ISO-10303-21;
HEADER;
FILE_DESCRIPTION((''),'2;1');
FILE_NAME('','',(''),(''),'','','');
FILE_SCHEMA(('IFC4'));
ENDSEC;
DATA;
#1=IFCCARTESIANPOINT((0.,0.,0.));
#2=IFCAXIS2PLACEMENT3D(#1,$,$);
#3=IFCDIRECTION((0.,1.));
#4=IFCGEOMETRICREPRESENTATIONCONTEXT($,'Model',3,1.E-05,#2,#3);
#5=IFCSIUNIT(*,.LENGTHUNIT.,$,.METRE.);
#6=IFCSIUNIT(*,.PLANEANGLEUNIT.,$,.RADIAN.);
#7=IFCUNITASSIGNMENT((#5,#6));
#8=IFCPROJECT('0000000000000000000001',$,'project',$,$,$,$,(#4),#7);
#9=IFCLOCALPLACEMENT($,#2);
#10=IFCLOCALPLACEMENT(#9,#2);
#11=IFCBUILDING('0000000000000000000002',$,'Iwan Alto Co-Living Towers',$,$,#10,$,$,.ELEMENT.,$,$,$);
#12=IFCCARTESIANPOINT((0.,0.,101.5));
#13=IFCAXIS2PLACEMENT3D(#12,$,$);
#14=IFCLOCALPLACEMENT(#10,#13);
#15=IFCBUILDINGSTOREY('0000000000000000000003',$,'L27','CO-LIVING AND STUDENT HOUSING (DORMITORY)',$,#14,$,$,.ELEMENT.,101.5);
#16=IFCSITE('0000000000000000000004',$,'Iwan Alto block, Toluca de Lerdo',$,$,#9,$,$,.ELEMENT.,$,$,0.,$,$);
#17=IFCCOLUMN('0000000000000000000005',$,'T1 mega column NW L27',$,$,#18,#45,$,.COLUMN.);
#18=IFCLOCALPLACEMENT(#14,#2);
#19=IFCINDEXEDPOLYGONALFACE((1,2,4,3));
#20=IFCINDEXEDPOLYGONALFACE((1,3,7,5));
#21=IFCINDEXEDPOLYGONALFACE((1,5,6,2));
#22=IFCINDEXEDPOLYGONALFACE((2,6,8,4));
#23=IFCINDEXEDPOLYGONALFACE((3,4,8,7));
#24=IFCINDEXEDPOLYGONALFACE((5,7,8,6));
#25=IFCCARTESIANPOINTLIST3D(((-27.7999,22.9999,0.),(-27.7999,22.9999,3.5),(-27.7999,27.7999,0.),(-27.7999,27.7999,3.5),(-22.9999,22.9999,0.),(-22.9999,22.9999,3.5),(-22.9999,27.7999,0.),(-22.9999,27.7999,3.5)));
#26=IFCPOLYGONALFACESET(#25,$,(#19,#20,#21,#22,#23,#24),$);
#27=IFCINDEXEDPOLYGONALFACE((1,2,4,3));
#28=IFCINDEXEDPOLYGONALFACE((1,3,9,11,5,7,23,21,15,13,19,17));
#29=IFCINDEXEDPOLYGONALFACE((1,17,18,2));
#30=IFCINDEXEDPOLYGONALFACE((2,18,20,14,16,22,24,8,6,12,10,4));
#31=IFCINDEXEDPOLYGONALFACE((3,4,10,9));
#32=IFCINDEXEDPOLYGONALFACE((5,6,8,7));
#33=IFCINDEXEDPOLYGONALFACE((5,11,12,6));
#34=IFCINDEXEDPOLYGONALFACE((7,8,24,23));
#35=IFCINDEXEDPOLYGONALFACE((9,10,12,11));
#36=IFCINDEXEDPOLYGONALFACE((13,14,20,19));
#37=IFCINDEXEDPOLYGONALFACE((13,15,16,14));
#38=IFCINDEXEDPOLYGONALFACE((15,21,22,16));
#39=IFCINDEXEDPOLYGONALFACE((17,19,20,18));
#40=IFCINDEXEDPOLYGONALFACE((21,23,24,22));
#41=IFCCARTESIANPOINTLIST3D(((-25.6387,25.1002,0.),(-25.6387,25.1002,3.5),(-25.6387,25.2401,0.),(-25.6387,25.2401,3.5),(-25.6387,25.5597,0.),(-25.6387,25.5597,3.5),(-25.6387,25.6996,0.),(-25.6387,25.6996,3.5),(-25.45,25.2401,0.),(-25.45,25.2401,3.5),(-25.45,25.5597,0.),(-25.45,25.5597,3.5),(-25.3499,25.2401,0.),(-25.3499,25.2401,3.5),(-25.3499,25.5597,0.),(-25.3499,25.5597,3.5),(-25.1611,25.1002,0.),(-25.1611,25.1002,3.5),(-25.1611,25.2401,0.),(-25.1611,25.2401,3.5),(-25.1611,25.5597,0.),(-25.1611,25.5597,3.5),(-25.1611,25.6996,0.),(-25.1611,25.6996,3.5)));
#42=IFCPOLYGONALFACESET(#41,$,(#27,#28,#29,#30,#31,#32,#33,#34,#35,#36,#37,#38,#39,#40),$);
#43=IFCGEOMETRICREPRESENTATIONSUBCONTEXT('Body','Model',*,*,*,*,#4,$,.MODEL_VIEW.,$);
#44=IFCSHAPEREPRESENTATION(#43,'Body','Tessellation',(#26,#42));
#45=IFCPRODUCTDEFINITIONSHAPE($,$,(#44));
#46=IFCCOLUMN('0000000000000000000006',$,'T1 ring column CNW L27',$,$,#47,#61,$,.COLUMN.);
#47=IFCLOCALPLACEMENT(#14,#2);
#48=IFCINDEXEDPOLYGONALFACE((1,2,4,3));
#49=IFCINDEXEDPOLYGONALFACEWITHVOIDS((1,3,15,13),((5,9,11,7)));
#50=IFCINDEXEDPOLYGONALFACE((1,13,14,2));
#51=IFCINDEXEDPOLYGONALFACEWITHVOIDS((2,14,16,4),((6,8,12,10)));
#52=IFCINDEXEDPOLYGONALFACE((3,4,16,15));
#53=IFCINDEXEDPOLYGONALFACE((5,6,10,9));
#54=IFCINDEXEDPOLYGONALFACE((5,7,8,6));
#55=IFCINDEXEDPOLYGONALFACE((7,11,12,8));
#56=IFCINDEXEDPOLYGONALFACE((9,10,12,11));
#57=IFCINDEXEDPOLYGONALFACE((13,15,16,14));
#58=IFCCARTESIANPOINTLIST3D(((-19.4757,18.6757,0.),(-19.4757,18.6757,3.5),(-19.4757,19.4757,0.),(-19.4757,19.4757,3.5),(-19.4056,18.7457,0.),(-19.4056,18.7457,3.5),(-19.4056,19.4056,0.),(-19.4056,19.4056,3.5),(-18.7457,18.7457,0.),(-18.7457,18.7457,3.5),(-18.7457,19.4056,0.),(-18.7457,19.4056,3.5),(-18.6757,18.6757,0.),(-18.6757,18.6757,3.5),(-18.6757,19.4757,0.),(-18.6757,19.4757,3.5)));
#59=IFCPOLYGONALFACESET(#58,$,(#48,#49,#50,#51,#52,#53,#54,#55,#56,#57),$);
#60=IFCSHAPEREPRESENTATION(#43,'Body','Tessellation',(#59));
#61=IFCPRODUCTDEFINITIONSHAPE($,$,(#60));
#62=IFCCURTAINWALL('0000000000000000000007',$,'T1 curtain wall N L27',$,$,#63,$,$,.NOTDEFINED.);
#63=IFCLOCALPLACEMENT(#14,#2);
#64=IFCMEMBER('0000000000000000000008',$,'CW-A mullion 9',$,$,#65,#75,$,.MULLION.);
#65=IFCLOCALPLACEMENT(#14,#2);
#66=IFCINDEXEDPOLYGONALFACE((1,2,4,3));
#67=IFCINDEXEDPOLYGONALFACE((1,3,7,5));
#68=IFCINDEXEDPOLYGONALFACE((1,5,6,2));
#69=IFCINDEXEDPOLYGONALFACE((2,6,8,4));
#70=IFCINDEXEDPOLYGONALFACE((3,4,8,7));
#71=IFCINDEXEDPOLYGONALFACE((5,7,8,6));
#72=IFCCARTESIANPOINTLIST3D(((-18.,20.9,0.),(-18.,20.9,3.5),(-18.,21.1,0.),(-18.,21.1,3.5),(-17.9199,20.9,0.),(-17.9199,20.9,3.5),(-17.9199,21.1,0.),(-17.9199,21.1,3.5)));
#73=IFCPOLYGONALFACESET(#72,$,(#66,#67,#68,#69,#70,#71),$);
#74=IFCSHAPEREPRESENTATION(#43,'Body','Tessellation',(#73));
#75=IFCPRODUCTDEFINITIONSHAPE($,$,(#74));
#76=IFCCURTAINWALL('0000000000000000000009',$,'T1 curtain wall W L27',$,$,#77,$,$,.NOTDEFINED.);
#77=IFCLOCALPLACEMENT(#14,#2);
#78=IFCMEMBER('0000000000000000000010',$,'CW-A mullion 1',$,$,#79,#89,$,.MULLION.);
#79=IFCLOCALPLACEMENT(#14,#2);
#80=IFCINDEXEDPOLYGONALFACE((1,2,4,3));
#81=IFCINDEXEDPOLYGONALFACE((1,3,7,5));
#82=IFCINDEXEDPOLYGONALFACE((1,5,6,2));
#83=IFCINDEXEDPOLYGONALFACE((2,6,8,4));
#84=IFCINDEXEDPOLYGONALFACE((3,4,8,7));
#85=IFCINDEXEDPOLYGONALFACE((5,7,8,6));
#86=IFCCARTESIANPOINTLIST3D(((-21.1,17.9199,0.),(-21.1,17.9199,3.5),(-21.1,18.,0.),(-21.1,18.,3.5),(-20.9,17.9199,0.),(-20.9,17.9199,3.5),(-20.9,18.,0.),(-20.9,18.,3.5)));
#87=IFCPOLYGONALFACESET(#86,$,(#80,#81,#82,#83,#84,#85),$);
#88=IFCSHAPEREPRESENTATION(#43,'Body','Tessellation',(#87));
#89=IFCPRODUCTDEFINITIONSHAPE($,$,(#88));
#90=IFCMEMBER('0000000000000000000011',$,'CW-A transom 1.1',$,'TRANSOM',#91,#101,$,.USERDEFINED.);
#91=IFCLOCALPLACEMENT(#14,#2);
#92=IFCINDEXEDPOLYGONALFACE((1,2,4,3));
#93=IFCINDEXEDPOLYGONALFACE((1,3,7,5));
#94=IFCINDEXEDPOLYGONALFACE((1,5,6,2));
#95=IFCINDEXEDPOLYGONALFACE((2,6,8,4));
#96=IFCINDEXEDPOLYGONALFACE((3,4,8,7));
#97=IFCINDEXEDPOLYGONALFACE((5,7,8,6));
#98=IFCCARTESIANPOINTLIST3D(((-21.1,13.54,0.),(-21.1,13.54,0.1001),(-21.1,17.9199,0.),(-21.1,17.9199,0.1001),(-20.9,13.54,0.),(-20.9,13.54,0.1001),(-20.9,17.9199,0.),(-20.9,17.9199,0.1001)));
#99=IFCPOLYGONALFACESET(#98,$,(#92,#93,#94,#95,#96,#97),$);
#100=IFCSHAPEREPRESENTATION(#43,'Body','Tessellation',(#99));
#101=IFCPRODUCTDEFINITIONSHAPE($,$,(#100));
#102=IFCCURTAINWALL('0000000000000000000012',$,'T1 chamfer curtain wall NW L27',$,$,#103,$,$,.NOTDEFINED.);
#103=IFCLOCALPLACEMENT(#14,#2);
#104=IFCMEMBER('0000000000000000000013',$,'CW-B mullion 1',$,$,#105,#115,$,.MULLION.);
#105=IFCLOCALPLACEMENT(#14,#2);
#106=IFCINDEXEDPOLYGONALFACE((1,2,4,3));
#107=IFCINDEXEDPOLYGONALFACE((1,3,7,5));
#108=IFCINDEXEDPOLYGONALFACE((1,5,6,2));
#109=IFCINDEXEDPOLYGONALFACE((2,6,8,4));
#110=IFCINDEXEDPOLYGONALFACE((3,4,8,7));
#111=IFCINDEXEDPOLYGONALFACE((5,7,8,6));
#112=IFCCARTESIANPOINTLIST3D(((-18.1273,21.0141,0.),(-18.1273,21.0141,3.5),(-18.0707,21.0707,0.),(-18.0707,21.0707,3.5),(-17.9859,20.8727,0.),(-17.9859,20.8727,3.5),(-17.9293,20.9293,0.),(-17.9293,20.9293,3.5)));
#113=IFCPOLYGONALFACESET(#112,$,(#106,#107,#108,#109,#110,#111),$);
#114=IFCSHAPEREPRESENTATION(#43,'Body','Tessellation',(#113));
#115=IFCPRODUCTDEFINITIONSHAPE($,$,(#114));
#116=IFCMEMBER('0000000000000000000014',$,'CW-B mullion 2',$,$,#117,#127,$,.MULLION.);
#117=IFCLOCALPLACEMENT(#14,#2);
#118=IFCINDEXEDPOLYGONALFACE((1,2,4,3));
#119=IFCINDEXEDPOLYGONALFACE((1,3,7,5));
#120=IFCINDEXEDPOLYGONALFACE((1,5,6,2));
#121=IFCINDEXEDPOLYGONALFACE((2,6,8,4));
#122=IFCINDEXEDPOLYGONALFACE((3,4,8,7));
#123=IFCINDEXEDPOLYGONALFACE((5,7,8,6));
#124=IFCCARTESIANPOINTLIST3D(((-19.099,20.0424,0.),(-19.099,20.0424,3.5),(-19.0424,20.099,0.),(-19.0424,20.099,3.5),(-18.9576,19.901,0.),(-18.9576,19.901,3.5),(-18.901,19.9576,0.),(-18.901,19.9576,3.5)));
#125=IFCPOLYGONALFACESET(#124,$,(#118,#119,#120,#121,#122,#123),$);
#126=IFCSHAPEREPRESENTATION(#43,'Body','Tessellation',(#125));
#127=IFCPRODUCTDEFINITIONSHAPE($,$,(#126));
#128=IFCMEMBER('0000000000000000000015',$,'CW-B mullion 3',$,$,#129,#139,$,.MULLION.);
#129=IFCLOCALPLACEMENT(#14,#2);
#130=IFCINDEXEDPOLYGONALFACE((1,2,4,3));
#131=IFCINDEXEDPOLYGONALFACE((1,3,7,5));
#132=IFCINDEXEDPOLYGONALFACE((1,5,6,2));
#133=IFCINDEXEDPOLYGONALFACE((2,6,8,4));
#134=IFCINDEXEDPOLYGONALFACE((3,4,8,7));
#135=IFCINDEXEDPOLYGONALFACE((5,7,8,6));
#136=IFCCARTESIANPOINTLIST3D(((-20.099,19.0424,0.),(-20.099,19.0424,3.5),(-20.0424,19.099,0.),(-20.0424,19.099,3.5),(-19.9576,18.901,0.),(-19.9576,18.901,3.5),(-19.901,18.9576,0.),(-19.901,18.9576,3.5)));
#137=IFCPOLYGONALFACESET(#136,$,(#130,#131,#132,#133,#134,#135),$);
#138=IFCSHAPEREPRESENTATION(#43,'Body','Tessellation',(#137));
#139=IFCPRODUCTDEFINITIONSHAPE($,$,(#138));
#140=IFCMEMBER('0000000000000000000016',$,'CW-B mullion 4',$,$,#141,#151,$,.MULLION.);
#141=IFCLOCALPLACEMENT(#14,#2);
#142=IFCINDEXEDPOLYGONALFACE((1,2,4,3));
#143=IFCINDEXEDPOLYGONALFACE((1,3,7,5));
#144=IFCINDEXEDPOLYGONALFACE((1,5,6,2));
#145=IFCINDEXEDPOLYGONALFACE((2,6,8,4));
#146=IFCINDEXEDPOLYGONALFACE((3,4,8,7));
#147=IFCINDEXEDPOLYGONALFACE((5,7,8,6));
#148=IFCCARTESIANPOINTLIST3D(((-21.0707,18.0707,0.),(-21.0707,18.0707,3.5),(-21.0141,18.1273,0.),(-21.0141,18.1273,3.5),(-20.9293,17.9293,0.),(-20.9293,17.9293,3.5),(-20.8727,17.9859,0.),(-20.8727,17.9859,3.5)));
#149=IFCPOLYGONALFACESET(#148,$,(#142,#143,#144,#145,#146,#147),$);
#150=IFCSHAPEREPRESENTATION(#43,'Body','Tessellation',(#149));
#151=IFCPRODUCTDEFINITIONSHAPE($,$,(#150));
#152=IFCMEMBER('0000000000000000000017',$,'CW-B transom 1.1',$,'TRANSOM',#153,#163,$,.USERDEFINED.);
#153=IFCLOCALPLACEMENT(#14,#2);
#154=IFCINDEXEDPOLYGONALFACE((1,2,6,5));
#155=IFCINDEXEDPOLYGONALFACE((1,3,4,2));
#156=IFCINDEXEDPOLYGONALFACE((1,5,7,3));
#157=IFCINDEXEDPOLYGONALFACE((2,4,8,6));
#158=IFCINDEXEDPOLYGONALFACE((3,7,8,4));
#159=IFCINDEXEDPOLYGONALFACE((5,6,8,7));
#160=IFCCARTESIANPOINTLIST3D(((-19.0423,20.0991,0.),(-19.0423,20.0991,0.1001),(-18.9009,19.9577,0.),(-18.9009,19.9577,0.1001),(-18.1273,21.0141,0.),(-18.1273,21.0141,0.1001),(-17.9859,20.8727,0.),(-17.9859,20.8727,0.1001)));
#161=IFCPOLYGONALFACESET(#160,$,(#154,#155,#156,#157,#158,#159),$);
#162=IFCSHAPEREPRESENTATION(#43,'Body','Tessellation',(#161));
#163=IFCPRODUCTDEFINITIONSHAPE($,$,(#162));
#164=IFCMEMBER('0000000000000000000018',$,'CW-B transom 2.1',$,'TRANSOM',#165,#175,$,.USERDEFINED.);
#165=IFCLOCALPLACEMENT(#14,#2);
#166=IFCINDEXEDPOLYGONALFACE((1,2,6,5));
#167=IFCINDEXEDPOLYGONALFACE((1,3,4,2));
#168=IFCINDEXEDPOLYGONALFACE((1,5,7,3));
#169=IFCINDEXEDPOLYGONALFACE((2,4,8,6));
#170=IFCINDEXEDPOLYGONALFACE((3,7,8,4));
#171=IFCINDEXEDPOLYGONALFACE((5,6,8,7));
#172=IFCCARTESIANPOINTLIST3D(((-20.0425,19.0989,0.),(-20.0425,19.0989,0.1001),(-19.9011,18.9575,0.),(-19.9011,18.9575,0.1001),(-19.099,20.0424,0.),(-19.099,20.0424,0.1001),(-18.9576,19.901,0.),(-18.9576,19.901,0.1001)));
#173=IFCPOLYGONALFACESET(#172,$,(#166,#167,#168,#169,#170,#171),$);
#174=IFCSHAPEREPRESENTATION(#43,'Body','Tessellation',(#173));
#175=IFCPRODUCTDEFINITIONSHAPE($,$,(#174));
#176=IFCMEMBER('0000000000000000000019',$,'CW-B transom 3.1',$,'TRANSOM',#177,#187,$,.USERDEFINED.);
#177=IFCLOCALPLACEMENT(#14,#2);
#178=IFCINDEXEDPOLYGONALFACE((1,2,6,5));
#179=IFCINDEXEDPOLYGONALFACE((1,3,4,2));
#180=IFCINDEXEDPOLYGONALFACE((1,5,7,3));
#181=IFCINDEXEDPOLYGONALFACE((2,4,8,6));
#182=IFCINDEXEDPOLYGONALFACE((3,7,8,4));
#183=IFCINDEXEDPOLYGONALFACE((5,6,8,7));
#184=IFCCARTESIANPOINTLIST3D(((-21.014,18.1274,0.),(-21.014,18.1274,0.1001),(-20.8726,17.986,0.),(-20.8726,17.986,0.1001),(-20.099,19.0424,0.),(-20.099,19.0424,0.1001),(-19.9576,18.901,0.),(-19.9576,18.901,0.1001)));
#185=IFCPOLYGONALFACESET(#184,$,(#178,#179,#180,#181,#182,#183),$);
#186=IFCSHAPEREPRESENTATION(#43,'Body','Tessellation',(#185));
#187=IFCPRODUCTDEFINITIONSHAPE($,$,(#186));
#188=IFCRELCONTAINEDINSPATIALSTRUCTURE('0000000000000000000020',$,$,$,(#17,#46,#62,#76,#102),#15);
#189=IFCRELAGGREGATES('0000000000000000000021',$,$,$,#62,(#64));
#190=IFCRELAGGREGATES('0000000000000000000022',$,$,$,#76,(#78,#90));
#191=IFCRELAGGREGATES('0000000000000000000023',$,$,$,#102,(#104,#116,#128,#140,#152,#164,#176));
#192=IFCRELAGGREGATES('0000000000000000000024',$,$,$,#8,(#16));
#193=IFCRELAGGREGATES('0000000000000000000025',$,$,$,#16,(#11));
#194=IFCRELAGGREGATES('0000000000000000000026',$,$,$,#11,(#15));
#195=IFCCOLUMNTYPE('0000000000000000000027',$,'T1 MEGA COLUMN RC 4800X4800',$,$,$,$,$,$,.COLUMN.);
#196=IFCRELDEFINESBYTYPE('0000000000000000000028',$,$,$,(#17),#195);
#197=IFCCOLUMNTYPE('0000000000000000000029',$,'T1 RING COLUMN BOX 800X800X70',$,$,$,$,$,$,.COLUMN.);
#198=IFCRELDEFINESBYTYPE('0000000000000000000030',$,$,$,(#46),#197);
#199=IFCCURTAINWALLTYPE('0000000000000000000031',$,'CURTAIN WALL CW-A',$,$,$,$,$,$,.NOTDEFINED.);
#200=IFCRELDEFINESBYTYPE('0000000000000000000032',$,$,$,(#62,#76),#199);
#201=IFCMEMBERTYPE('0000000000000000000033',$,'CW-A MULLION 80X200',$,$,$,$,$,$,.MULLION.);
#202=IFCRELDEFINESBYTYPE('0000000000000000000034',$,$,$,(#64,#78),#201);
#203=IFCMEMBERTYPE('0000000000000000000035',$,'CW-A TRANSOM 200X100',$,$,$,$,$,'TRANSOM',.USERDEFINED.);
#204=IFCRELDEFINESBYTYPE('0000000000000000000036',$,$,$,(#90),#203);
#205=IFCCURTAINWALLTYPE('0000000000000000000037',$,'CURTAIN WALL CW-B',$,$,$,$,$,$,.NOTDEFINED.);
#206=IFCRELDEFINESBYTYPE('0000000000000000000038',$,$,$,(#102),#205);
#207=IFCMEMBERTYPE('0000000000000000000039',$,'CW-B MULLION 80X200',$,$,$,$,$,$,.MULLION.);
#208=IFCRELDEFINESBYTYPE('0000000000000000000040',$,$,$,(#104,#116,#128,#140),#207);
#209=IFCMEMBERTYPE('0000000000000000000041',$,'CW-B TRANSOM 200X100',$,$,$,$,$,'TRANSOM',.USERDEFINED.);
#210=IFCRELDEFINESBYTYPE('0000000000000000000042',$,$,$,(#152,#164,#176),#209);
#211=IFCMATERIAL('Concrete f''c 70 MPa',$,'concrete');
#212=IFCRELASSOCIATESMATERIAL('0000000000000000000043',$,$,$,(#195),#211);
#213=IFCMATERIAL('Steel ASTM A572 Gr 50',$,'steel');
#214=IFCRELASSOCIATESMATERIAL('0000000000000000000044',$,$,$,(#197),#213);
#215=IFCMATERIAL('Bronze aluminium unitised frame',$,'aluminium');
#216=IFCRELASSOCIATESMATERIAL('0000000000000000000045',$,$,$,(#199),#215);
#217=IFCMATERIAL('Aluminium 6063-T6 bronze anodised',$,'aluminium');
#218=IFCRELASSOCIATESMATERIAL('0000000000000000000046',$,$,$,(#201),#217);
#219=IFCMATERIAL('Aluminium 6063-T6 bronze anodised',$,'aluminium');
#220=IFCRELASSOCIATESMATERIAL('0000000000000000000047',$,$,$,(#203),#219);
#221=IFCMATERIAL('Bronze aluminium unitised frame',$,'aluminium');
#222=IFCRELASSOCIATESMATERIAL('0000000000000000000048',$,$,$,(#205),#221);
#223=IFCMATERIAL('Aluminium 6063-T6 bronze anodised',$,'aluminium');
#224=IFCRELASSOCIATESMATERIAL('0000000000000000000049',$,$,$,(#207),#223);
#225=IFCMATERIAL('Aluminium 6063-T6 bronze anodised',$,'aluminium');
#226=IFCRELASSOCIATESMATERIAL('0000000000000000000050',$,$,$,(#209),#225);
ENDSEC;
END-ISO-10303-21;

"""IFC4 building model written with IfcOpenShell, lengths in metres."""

from ifc_helpers import new_model, si_unit, direction, frame, origin, origin_2d, place, context, subcontext, project, spatial, rectangle, hollow_rectangle, i_section, extrude, material, material_profile, profile_set, type_object, element, aggregate, save


model = new_model("IFC4")

# Units and contexts
model_context = context("Model", 3, precision=1e-05, world=origin(), true_north=direction((0.0, 1.0)))
body_context = subcontext(model_context, "Body", "Model", "MODEL_VIEW")
ifc_project = project(units=[si_unit("LENGTHUNIT", "METRE"), si_unit("PLANEANGLEUNIT", "RADIAN")], contexts=[model_context])

# Site, building, storey
site_placement = place(None, origin())
site = spatial("IfcSite", under=ifc_project, at=site_placement, Name="Iwan Alto block, Toluca de Lerdo", CompositionType="ELEMENT", RefElevation=0.0)
building_placement = place(site_placement, origin())
building = spatial("IfcBuilding", under=site, at=building_placement, Name="Iwan Alto Co-Living Towers", CompositionType="ELEMENT")
storey_placement = place(building_placement, frame((0.0, 0.0, 101.5)))
storey = spatial("IfcBuildingStorey", under=building, at=storey_placement, Name="L27", Description="CO-LIVING AND STUDENT HOUSING (DORMITORY)", CompositionType="ELEMENT", Elevation=101.5)

# Columns
ifc_material_1 = material(Name="Concrete f'c 70 MPa", Category="concrete")
ifc_material_profile_1 = material_profile(ifc_material_1, rectangle(XDim=4.8, YDim=4.8, at=origin_2d()), Name="RC 4800X4800")
ifc_profile_set_1 = profile_set([ifc_material_profile_1], Name="Concrete f'c 70 MPa")
column_type_1 = type_object("IfcColumnType", Name="T1 MEGA COLUMN RC 4800X4800", PredefinedType="COLUMN", material=ifc_profile_set_1)
column_1_placement = place(storey_placement, frame((-25.3999, 25.3999, 0.0), z_axis=(0.0, 0.0, 1.0), x_axis=(1.0, 0.0, 0.0)))
element("IfcColumn", 1, at=column_1_placement, inside=storey, type_object=column_type_1, Name="T1 mega column NW L27", PredefinedType="COLUMN", context=body_context, shape_type="SweptSolid", body=[
    extrude(rectangle(XDim=4.8, YDim=4.8, at=origin_2d()), origin(), (0.0, 0.0, 1.0), 3.5),
    extrude(i_section(OverallWidth=0.4775, OverallDepth=0.5994, WebThickness=0.1001, FlangeThickness=0.1399, at=origin_2d()), origin(), (0.0, 0.0, 1.0), 3.5),
])
ifc_material_2 = material(Name="Steel ASTM A572 Gr 50", Category="steel")
ifc_material_profile_2 = material_profile(ifc_material_2, hollow_rectangle(XDim=0.8, YDim=0.8, WallThickness=0.0701, at=origin_2d()), Name="BOX 800X800X70")
ifc_profile_set_2 = profile_set([ifc_material_profile_2], Name="Steel ASTM A572 Gr 50")
column_type_2 = type_object("IfcColumnType", Name="T1 RING COLUMN BOX 800X800X70", PredefinedType="COLUMN", material=ifc_profile_set_2)
column_2_placement = place(storey_placement, frame((-19.0757, 19.0757, 0.0), z_axis=(0.0, 0.0, 1.0), x_axis=(1.0, 0.0, 0.0)))
element("IfcColumn", 2, at=column_2_placement, inside=storey, type_object=column_type_2, Name="T1 ring column CNW L27", PredefinedType="COLUMN", context=body_context, shape_type="SweptSolid", body=[
    extrude(hollow_rectangle(XDim=0.8, YDim=0.8, WallThickness=0.0701, at=origin_2d()), origin(), (0.0, 0.0, 1.0), 3.5),
])

# Curtain wall, member
ifc_material_3 = material(Name="Bronze aluminium unitised frame", Category="aluminium")
curtain_wall_type_1 = type_object("IfcCurtainWallType", Name="CURTAIN WALL CW-A", PredefinedType="NOTDEFINED", material=ifc_material_3)
curtain_wall_1_placement = place(storey_placement, origin())
curtain_wall_1 = element("IfcCurtainWall", 3, at=curtain_wall_1_placement, inside=storey, type_object=curtain_wall_type_1, Name="T1 curtain wall N L27", PredefinedType="NOTDEFINED")
ifc_material_4 = material(Name="Aluminium 6063-T6 bronze anodised", Category="aluminium")
ifc_material_profile_3 = material_profile(ifc_material_4, rectangle(XDim=0.2, YDim=0.0801, at=origin_2d()), Name="AL 80X200")
ifc_profile_set_3 = profile_set([ifc_material_profile_3], Name="Aluminium 6063-T6 bronze anodised")
member_type_1 = type_object("IfcMemberType", Name="CW-A MULLION 80X200", PredefinedType="MULLION", material=ifc_profile_set_3)
member_1_placement = place(storey_placement, frame((-17.96, 21.0, 0.0), z_axis=(0.0, 0.0, 1.0), x_axis=(0.0, -1.0, 0.0)))
member_1 = element("IfcMember", 4, at=member_1_placement, type_object=member_type_1, Name="CW-A mullion 9", PredefinedType="MULLION", context=body_context, shape_type="SweptSolid", body=[
    extrude(rectangle(XDim=0.2, YDim=0.0801, at=origin_2d()), origin(), (0.0, 0.0, 1.0), 3.5),
])
aggregate(curtain_wall_1, [member_1])

# Curtain walls, members
curtain_wall_2_placement = place(storey_placement, origin())
curtain_wall_2 = element("IfcCurtainWall", 5, at=curtain_wall_2_placement, inside=storey, type_object=curtain_wall_type_1, Name="T1 curtain wall W L27", PredefinedType="NOTDEFINED")
member_2_placement = place(storey_placement, frame((-21.0, 17.96, 0.0), z_axis=(0.0, 0.0, 1.0), x_axis=(1.0, 0.0, 0.0)))
member_2 = element("IfcMember", 6, at=member_2_placement, type_object=member_type_1, Name="CW-A mullion 1", PredefinedType="MULLION", context=body_context, shape_type="SweptSolid", body=[
    extrude(rectangle(XDim=0.2, YDim=0.0801, at=origin_2d()), origin(), (0.0, 0.0, 1.0), 3.5),
])
ifc_material_5 = material(Name="Aluminium 6063-T6 bronze anodised", Category="aluminium")
ifc_material_profile_4 = material_profile(ifc_material_5, rectangle(XDim=0.2, YDim=0.1001, at=origin_2d()), Name="AL 200X100")
ifc_profile_set_4 = profile_set([ifc_material_profile_4], Name="Aluminium 6063-T6 bronze anodised")
member_type_2 = type_object("IfcMemberType", Name="CW-A TRANSOM 200X100", ElementType="TRANSOM", PredefinedType="USERDEFINED", material=ifc_profile_set_4)
member_3_placement = place(storey_placement, frame((-21.0, 17.9199, 0.05), z_axis=(0.0, -1.0, 0.0), x_axis=(1.0, 0.0, 0.0)))
member_3 = element("IfcMember", 7, at=member_3_placement, type_object=member_type_2, Name="CW-A transom 1.1", ObjectType="TRANSOM", PredefinedType="USERDEFINED", context=body_context, shape_type="SweptSolid", body=[
    extrude(rectangle(XDim=0.2, YDim=0.1001, at=origin_2d()), origin(), (0.0, 0.0, 1.0), 4.3799),
])
ifc_material_6 = material(Name="Bronze aluminium unitised frame", Category="aluminium")
curtain_wall_type_2 = type_object("IfcCurtainWallType", Name="CURTAIN WALL CW-B", PredefinedType="NOTDEFINED", material=ifc_material_6)
curtain_wall_3_placement = place(storey_placement, origin())
curtain_wall_3 = element("IfcCurtainWall", 8, at=curtain_wall_3_placement, inside=storey, type_object=curtain_wall_type_2, Name="T1 chamfer curtain wall NW L27", PredefinedType="NOTDEFINED")
ifc_material_7 = material(Name="Aluminium 6063-T6 bronze anodised", Category="aluminium")
ifc_material_profile_5 = material_profile(ifc_material_7, rectangle(XDim=0.2, YDim=0.0801, at=origin_2d()), Name="AL 80X200")
ifc_profile_set_5 = profile_set([ifc_material_profile_5], Name="Aluminium 6063-T6 bronze anodised")
member_type_3 = type_object("IfcMemberType", Name="CW-B MULLION 80X200", PredefinedType="MULLION", material=ifc_profile_set_5)
member_4_placement = place(storey_placement, frame((-18.0283, 20.9717, 0.0), z_axis=(0.0, 0.0, 1.0), x_axis=(0.707107, -0.707107, 0.0)))
member_4 = element("IfcMember", 9, at=member_4_placement, type_object=member_type_3, Name="CW-B mullion 1", PredefinedType="MULLION", context=body_context, shape_type="SweptSolid", body=[
    extrude(rectangle(XDim=0.2, YDim=0.0801, at=origin_2d()), origin(), (0.0, 0.0, 1.0), 3.5),
])
member_5_placement = place(storey_placement, frame((-19.0, 20.0, 0.0), z_axis=(0.0, 0.0, 1.0), x_axis=(0.707107, -0.707107, 0.0)))
member_5 = element("IfcMember", 10, at=member_5_placement, type_object=member_type_3, Name="CW-B mullion 2", PredefinedType="MULLION", context=body_context, shape_type="SweptSolid", body=[
    extrude(rectangle(XDim=0.2, YDim=0.0801, at=origin_2d()), origin(), (0.0, 0.0, 1.0), 3.5),
])
member_6_placement = place(storey_placement, frame((-20.0, 19.0, 0.0), z_axis=(0.0, 0.0, 1.0), x_axis=(0.707107, -0.707107, 0.0)))
member_6 = element("IfcMember", 11, at=member_6_placement, type_object=member_type_3, Name="CW-B mullion 3", PredefinedType="MULLION", context=body_context, shape_type="SweptSolid", body=[
    extrude(rectangle(XDim=0.2, YDim=0.0801, at=origin_2d()), origin(), (0.0, 0.0, 1.0), 3.5),
])
member_7_placement = place(storey_placement, frame((-20.9717, 18.0283, 0.0), z_axis=(0.0, 0.0, 1.0), x_axis=(0.707107, -0.707107, 0.0)))
member_7 = element("IfcMember", 12, at=member_7_placement, type_object=member_type_3, Name="CW-B mullion 4", PredefinedType="MULLION", context=body_context, shape_type="SweptSolid", body=[
    extrude(rectangle(XDim=0.2, YDim=0.0801, at=origin_2d()), origin(), (0.0, 0.0, 1.0), 3.5),
])
ifc_material_8 = material(Name="Aluminium 6063-T6 bronze anodised", Category="aluminium")
ifc_material_profile_6 = material_profile(ifc_material_8, rectangle(XDim=0.2, YDim=0.1001, at=origin_2d()), Name="AL 200X100")
ifc_profile_set_6 = profile_set([ifc_material_profile_6], Name="Aluminium 6063-T6 bronze anodised")
member_type_4 = type_object("IfcMemberType", Name="CW-B TRANSOM 200X100", ElementType="TRANSOM", PredefinedType="USERDEFINED", material=ifc_profile_set_6)
member_8_placement = place(storey_placement, frame((-18.0566, 20.9434, 0.05), z_axis=(-0.707107, -0.707107, 0.0), x_axis=(0.707107, -0.707107, 0.0)))
member_8 = element("IfcMember", 13, at=member_8_placement, type_object=member_type_4, Name="CW-B transom 1.1", ObjectType="TRANSOM", PredefinedType="USERDEFINED", context=body_context, shape_type="SweptSolid", body=[
    extrude(rectangle(XDim=0.2, YDim=0.1001, at=origin_2d()), origin(), (0.0, 0.0, 1.0), 1.2939),
])
member_9_placement = place(storey_placement, frame((-19.0283, 19.9717, 0.05), z_axis=(-0.707107, -0.707107, 0.0), x_axis=(0.707107, -0.707107, 0.0)))
member_9 = element("IfcMember", 14, at=member_9_placement, type_object=member_type_4, Name="CW-B transom 2.1", ObjectType="TRANSOM", PredefinedType="USERDEFINED", context=body_context, shape_type="SweptSolid", body=[
    extrude(rectangle(XDim=0.2, YDim=0.1001, at=origin_2d()), origin(), (0.0, 0.0, 1.0), 1.3342),
])
member_10_placement = place(storey_placement, frame((-20.0283, 18.9717, 0.05), z_axis=(-0.707107, -0.707107, 0.0), x_axis=(0.707107, -0.707107, 0.0)))
member_10 = element("IfcMember", 15, at=member_10_placement, type_object=member_type_4, Name="CW-B transom 3.1", ObjectType="TRANSOM", PredefinedType="USERDEFINED", context=body_context, shape_type="SweptSolid", body=[
    extrude(rectangle(XDim=0.2, YDim=0.1001, at=origin_2d()), origin(), (0.0, 0.0, 1.0), 1.2939),
])

aggregate(curtain_wall_2, [member_2, member_3])
aggregate(curtain_wall_3, [member_4, member_5, member_6, member_7, member_8, member_9, member_10])

save(model, "model.ifc")
